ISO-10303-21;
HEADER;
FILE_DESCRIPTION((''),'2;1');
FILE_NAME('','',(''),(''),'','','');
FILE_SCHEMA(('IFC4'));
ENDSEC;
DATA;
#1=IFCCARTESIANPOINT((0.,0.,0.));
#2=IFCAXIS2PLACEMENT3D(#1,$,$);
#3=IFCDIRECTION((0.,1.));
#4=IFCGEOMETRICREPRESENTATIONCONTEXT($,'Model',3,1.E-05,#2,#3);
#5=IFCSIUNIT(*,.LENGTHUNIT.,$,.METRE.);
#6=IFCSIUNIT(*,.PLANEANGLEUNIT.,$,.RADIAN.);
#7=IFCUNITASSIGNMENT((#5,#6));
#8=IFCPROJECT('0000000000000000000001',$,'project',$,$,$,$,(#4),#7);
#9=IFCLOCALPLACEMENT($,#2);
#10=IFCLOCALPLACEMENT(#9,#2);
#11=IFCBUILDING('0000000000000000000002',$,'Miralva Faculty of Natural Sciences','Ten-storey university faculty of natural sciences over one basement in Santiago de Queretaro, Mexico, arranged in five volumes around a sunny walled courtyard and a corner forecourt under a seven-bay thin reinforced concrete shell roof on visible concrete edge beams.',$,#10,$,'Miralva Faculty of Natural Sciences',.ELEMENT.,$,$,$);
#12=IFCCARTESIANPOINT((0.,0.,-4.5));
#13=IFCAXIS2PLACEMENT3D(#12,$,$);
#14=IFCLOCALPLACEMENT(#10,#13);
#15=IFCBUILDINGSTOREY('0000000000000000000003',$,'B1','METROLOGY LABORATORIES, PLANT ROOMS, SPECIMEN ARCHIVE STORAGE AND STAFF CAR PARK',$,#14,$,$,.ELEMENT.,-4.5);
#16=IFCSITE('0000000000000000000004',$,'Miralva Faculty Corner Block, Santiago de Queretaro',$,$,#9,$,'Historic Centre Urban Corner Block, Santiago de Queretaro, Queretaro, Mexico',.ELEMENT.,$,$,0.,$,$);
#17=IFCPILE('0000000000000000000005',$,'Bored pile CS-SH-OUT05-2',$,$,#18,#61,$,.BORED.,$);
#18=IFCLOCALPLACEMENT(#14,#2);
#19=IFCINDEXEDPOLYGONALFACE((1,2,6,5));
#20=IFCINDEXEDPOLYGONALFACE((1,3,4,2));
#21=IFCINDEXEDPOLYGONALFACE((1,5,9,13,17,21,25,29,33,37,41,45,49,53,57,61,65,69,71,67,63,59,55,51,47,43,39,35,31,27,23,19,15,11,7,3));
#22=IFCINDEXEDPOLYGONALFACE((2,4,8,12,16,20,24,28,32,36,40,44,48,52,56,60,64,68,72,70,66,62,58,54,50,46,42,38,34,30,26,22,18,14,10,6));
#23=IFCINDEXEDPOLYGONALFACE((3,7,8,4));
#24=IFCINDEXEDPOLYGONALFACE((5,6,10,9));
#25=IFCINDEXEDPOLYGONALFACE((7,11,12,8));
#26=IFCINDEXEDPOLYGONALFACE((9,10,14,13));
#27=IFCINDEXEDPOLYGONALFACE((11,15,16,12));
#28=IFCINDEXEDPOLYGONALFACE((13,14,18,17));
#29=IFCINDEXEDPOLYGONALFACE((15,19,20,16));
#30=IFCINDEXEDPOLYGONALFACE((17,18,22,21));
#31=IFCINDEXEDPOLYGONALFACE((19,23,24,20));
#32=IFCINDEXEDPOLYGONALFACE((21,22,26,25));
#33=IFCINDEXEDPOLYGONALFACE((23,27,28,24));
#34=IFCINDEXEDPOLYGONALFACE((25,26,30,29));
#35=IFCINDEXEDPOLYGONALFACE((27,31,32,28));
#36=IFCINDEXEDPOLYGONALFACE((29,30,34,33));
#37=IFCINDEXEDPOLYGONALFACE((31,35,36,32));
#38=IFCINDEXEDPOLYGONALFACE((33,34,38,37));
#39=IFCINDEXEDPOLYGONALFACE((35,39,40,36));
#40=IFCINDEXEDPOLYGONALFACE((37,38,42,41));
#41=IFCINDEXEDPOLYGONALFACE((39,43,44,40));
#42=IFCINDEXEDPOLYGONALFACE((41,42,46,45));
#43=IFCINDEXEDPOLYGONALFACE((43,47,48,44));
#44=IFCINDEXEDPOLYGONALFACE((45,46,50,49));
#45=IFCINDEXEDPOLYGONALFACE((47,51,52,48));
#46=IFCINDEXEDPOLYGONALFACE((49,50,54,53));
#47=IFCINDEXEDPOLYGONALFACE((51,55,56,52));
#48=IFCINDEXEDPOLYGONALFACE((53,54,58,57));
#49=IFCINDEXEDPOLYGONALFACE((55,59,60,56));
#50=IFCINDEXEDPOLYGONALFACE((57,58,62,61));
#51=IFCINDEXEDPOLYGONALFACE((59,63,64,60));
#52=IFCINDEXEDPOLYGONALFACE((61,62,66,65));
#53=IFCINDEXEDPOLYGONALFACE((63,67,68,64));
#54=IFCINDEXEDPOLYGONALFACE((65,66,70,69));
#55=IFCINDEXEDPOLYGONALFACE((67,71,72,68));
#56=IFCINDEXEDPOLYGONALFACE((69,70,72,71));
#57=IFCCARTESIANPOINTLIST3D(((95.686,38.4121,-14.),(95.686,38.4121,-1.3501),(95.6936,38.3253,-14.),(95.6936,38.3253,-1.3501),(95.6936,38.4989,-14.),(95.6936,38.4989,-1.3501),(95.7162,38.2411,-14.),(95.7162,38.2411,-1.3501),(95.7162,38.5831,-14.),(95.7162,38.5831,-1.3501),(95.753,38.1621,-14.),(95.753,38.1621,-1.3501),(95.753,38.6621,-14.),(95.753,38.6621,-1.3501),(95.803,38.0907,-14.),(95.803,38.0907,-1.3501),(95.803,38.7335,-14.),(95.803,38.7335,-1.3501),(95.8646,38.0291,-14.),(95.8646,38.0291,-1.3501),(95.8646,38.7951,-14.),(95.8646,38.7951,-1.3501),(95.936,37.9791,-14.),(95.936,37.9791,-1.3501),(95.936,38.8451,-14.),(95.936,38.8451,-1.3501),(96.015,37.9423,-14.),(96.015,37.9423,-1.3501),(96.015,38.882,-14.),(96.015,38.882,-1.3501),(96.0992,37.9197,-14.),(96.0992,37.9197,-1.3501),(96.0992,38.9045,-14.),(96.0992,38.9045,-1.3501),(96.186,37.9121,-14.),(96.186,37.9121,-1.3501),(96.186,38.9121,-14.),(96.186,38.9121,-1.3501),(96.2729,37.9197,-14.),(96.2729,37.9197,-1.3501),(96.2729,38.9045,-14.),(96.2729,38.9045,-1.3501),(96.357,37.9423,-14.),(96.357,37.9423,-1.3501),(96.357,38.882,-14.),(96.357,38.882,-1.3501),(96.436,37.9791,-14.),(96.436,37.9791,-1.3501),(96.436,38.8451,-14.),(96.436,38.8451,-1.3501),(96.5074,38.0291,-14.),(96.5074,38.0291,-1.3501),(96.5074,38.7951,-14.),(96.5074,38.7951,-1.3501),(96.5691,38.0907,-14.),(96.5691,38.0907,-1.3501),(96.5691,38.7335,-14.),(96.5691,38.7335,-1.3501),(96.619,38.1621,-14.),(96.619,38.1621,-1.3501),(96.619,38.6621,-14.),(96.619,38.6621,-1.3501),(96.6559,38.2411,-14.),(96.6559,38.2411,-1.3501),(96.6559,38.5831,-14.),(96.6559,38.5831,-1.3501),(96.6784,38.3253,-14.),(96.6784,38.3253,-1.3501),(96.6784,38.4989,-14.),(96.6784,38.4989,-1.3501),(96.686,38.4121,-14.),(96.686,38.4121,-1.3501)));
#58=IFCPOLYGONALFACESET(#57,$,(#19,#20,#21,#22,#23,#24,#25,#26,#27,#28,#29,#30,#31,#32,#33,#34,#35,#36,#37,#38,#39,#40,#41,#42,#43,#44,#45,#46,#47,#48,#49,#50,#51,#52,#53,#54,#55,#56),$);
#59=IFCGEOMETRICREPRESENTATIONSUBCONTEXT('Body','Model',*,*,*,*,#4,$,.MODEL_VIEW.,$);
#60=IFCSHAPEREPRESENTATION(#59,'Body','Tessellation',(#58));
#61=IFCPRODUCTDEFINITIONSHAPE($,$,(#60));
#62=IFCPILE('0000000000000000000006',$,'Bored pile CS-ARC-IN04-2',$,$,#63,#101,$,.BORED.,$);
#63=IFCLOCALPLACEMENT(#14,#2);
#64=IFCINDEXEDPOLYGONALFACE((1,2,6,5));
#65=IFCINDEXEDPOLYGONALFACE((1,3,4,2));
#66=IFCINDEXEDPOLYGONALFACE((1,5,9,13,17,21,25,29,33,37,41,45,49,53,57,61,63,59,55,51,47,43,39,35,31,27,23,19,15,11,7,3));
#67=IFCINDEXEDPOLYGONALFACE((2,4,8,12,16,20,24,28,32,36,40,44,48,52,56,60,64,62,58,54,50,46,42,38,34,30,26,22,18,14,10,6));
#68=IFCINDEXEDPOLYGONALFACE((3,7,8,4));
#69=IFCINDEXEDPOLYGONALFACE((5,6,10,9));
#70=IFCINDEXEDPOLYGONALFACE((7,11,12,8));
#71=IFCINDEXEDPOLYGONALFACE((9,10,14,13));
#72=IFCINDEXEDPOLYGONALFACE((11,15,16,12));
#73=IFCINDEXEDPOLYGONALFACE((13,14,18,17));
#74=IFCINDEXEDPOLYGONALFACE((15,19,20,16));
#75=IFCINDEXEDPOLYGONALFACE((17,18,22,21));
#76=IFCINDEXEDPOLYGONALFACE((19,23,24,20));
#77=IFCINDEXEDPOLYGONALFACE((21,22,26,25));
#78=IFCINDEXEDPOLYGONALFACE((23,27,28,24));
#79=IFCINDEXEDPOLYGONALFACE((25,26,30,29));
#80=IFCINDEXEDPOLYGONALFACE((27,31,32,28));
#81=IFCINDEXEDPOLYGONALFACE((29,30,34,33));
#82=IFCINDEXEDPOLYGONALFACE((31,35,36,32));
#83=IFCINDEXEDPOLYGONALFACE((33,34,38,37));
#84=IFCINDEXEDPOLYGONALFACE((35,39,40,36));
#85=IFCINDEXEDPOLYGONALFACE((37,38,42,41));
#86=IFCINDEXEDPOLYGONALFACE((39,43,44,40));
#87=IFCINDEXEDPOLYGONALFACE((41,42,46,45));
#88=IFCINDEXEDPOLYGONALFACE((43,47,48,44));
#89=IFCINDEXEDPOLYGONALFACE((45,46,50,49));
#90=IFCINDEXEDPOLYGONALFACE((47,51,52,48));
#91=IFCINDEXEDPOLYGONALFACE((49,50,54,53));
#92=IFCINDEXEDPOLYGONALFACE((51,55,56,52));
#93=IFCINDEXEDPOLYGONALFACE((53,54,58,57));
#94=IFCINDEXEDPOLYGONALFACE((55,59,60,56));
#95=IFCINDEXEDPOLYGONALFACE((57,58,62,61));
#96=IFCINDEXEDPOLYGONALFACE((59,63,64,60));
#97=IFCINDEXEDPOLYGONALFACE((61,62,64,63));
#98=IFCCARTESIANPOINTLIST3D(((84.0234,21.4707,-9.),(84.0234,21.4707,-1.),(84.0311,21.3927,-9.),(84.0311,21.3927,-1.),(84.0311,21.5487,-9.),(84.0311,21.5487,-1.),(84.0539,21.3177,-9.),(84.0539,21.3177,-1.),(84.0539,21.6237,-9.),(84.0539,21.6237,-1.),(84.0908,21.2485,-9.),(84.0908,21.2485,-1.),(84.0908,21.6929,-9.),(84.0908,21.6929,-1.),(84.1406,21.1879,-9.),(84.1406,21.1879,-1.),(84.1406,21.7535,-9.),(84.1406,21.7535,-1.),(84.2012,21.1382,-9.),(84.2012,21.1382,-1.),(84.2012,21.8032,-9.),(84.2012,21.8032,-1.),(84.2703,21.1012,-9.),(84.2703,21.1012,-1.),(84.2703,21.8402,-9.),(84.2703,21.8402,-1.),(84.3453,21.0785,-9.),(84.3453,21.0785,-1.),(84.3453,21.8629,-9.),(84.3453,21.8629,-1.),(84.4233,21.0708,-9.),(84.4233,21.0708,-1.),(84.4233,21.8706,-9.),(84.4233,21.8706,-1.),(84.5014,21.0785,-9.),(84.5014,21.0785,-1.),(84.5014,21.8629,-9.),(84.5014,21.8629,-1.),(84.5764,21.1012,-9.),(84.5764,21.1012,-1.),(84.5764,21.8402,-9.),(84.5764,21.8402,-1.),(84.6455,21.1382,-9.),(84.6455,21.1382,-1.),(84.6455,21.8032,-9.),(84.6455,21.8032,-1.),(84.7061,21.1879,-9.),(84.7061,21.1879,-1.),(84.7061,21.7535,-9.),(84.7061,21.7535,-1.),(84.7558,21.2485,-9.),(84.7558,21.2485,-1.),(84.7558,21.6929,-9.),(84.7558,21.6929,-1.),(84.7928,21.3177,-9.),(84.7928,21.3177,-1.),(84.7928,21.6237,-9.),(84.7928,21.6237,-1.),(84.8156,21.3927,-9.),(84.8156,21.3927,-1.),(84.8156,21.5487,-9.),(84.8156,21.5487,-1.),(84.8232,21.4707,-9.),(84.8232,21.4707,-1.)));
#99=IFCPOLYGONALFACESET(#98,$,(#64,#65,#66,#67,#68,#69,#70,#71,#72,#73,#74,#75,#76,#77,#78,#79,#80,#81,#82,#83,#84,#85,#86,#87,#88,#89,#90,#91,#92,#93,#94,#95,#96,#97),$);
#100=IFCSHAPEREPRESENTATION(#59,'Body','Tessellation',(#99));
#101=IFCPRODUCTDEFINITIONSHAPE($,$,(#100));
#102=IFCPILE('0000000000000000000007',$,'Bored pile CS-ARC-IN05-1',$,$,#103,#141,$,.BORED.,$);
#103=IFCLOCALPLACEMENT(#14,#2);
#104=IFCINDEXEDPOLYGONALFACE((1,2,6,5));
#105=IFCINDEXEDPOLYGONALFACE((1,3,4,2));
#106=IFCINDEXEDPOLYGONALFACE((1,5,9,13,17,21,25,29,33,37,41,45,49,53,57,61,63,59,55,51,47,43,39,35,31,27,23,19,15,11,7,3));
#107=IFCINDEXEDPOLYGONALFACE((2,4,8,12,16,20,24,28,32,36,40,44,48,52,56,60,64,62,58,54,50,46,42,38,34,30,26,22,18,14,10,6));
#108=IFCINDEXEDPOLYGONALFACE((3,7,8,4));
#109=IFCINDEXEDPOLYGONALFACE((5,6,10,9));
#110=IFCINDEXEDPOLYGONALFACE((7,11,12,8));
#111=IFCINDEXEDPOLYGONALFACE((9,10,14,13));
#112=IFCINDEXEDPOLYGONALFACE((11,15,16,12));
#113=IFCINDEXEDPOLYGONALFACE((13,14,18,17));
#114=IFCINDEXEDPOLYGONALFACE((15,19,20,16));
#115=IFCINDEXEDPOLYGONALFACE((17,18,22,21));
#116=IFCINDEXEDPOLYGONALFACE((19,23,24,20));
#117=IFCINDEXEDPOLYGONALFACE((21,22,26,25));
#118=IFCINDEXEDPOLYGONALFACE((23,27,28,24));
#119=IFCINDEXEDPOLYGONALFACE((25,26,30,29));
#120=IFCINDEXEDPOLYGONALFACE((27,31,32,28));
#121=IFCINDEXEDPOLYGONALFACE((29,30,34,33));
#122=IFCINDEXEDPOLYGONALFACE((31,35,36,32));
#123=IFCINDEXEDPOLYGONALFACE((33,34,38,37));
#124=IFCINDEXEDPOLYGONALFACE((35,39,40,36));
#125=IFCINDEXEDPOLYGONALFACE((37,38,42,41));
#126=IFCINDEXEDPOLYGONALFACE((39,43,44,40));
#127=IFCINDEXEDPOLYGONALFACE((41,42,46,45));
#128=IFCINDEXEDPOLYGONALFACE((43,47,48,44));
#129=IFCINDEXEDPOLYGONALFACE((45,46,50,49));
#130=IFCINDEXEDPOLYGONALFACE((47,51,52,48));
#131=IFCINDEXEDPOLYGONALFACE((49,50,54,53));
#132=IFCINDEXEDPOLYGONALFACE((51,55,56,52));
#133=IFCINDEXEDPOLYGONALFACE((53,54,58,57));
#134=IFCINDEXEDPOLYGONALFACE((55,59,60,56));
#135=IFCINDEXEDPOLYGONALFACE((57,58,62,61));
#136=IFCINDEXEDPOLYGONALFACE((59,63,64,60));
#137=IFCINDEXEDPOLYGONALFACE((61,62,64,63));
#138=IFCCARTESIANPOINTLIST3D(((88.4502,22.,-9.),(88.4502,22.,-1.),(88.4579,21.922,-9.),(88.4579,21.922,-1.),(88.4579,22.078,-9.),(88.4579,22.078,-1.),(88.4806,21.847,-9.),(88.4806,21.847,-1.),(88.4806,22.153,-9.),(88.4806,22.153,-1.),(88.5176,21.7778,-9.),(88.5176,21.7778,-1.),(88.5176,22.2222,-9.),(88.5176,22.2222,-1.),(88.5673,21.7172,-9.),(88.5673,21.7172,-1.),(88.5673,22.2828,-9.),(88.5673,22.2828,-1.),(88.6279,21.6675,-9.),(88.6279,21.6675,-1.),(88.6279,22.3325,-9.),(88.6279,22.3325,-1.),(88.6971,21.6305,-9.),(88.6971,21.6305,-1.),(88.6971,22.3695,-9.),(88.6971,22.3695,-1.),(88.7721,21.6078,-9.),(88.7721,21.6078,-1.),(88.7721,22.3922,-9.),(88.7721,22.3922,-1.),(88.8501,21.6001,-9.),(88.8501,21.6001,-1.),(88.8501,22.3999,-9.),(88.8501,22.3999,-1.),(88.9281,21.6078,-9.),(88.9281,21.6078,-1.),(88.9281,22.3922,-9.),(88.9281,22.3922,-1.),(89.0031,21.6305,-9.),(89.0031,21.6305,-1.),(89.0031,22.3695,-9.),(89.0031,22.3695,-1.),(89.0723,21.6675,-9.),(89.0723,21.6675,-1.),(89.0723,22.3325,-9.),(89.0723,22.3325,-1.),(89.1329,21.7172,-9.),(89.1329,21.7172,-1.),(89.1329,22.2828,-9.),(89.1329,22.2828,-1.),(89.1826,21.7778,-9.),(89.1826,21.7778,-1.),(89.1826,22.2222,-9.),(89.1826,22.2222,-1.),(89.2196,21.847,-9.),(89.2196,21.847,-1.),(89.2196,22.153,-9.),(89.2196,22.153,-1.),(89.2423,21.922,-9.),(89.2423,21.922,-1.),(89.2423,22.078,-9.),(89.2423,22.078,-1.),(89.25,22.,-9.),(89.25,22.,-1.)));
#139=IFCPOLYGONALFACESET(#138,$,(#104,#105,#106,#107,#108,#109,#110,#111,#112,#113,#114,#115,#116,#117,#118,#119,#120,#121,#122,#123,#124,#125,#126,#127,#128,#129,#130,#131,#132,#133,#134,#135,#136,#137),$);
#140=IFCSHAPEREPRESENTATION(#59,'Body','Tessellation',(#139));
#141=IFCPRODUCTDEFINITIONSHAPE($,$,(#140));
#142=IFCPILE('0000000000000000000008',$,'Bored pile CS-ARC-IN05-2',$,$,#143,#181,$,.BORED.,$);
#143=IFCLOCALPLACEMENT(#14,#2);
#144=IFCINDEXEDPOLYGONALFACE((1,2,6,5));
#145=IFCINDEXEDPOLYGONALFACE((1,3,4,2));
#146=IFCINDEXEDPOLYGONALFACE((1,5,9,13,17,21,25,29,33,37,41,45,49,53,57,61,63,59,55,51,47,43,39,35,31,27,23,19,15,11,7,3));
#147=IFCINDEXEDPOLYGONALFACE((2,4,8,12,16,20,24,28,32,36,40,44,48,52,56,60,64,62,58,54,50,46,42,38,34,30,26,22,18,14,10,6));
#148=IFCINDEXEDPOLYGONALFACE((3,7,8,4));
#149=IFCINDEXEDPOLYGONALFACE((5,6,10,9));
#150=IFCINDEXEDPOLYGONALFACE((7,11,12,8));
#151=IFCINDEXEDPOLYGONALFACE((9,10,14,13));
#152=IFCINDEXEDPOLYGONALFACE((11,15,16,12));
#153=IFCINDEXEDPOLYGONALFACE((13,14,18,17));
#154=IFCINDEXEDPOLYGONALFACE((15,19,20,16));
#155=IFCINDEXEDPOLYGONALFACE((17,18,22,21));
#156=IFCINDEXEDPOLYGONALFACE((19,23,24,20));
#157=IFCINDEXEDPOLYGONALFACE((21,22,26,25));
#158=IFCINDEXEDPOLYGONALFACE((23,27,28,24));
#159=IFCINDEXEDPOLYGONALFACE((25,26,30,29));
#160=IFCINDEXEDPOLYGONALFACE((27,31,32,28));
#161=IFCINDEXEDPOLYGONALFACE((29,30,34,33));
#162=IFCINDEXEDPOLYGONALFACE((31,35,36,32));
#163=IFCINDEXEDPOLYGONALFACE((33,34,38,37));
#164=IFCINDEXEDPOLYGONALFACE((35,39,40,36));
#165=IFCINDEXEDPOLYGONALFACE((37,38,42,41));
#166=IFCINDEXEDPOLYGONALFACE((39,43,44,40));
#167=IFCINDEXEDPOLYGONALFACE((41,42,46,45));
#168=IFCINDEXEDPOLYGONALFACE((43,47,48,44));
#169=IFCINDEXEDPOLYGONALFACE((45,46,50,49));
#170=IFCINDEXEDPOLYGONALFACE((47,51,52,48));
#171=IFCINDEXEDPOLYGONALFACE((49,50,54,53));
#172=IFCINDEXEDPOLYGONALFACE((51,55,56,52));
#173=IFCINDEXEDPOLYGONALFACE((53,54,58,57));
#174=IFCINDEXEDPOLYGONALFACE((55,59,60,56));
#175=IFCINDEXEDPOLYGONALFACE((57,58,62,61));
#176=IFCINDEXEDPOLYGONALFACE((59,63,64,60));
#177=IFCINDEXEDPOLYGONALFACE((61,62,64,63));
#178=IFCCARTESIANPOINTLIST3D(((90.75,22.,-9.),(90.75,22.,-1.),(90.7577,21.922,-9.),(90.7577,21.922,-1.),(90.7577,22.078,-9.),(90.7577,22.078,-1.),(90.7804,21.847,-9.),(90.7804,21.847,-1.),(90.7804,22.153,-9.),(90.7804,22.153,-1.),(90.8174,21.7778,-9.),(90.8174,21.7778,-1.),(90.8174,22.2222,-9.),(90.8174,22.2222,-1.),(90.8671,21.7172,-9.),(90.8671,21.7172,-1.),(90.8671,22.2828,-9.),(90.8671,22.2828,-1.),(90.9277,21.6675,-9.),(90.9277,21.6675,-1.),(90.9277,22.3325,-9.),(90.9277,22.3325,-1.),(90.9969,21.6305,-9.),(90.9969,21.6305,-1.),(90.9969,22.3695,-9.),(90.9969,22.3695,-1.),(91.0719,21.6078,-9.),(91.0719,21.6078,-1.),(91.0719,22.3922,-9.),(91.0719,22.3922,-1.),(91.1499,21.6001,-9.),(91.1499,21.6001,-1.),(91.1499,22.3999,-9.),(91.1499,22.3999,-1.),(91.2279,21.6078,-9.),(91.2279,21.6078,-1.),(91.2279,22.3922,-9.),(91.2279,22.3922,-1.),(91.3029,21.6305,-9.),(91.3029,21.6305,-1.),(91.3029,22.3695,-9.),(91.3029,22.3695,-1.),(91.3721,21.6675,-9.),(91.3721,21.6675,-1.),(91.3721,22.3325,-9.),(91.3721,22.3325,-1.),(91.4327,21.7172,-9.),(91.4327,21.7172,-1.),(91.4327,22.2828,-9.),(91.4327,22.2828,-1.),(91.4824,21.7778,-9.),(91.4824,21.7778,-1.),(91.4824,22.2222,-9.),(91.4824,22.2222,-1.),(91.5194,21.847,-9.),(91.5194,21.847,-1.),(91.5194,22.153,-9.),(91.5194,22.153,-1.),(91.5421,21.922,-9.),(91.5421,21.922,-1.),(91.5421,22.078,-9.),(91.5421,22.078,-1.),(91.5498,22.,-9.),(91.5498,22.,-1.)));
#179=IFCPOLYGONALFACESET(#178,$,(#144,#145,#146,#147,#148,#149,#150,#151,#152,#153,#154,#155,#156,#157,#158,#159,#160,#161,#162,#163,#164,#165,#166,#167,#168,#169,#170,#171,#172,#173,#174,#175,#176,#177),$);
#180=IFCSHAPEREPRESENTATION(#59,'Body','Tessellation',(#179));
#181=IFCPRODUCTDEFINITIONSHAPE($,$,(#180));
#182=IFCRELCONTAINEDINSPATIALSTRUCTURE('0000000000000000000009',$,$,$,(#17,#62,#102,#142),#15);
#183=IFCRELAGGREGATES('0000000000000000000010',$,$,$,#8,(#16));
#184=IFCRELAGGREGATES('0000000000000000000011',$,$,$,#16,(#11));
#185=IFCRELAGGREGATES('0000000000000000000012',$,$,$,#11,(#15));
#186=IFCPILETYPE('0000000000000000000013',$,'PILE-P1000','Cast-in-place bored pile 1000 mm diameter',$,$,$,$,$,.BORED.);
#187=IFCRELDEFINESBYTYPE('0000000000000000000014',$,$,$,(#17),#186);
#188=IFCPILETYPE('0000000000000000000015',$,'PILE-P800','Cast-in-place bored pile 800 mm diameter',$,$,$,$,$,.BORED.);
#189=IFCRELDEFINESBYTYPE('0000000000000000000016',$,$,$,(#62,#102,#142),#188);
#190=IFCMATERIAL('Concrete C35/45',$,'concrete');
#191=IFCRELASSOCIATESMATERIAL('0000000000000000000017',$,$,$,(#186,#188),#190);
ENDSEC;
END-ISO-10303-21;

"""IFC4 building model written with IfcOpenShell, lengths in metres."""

from ifc_helpers import new_model, si_unit, direction, frame, origin, origin_2d, place, context, subcontext, project, spatial, circle, extrude, material, material_profile, profile_set, type_object, element, save


model = new_model("IFC4")

# Units and contexts
model_context = context("Model", 3, precision=1e-05, world=origin(), true_north=direction((0.0, 1.0)))
body_context = subcontext(model_context, "Body", "Model", "MODEL_VIEW")
ifc_project = project(units=[si_unit("LENGTHUNIT", "METRE"), si_unit("PLANEANGLEUNIT", "RADIAN")], contexts=[model_context])

# Site, building, storey
site_placement = place(None, origin())
site = spatial("IfcSite", under=ifc_project, at=site_placement, Name="Miralva Faculty Corner Block, Santiago de Queretaro", LongName="Historic Centre Urban Corner Block, Santiago de Queretaro, Queretaro, Mexico", CompositionType="ELEMENT", RefElevation=0.0)
building_placement = place(site_placement, origin())
building = spatial("IfcBuilding", under=site, at=building_placement, Name="Miralva Faculty of Natural Sciences", Description="Ten-storey university faculty of natural sciences over one basement in Santiago de Queretaro, Mexico, arranged in five volumes around a sunny walled courtyard and a corner forecourt under a seven-bay thin reinforced concrete shell roof on visible concrete edge beams.", LongName="Miralva Faculty of Natural Sciences", CompositionType="ELEMENT")
storey_placement = place(building_placement, frame((0.0, 0.0, -4.5)))
storey = spatial("IfcBuildingStorey", under=building, at=storey_placement, Name="B1", Description="METROLOGY LABORATORIES, PLANT ROOMS, SPECIMEN ARCHIVE STORAGE AND STAFF CAR PARK", CompositionType="ELEMENT", Elevation=-4.5)

# Shared definitions
ifc_material_1 = material(Name="Concrete C35/45", Category="concrete")

# Piles
ifc_material_profile_1 = material_profile(ifc_material_1, circle(Radius=0.5, at=origin_2d()), Name="BORED PILE 1000")
ifc_profile_set_1 = profile_set([ifc_material_profile_1], Name="Concrete C35/45")
pile_type_1 = type_object("IfcPileType", Name="PILE-P1000", Description="Cast-in-place bored pile 1000 mm diameter", PredefinedType="BORED", material=ifc_profile_set_1)
for number, where, z_axis, x_axis, name in (
    (1, (96.186, 38.4121, -1.3501), (0.0, 0.0, -1.0), (1.0, 0.0, 0.0), "Bored pile CS-SH-OUT05-2"),
):
    element("IfcPile", number, at=place(storey_placement, frame(where, z_axis=z_axis, x_axis=x_axis)), inside=storey, type_object=pile_type_1, Name=name, PredefinedType="BORED", context=body_context, shape_type="SweptSolid", body=[
        extrude(circle(Radius=0.5, at=origin_2d()), origin(), (0.0, 0.0, 1.0), 12.6499),
    ])
ifc_material_profile_2 = material_profile(ifc_material_1, circle(Radius=0.3999, at=origin_2d()), Name="BORED PILE 800")
ifc_profile_set_2 = profile_set([ifc_material_profile_2], Name="Concrete C35/45")
pile_type_2 = type_object("IfcPileType", Name="PILE-P800", Description="Cast-in-place bored pile 800 mm diameter", PredefinedType="BORED", material=ifc_profile_set_2)
for number, where, z_axis, x_axis, name in (
    (2, (84.4233, 21.4707, -1.0), (0.0, 0.0, -1.0), (1.0, 0.0, 0.0), "Bored pile CS-ARC-IN04-2"),
    (3, (88.8501, 22.0, -1.0), (0.0, 0.0, -1.0), (1.0, 0.0, 0.0), "Bored pile CS-ARC-IN05-1"),
    (4, (91.1499, 22.0, -1.0), (0.0, 0.0, -1.0), (1.0, 0.0, 0.0), "Bored pile CS-ARC-IN05-2"),
):
    element("IfcPile", number, at=place(storey_placement, frame(where, z_axis=z_axis, x_axis=x_axis)), inside=storey, type_object=pile_type_2, Name=name, PredefinedType="BORED", context=body_context, shape_type="SweptSolid", body=[
        extrude(circle(Radius=0.3999, at=origin_2d()), origin(), (0.0, 0.0, 1.0), 8.0),
    ])

save(model, "model.ifc")
